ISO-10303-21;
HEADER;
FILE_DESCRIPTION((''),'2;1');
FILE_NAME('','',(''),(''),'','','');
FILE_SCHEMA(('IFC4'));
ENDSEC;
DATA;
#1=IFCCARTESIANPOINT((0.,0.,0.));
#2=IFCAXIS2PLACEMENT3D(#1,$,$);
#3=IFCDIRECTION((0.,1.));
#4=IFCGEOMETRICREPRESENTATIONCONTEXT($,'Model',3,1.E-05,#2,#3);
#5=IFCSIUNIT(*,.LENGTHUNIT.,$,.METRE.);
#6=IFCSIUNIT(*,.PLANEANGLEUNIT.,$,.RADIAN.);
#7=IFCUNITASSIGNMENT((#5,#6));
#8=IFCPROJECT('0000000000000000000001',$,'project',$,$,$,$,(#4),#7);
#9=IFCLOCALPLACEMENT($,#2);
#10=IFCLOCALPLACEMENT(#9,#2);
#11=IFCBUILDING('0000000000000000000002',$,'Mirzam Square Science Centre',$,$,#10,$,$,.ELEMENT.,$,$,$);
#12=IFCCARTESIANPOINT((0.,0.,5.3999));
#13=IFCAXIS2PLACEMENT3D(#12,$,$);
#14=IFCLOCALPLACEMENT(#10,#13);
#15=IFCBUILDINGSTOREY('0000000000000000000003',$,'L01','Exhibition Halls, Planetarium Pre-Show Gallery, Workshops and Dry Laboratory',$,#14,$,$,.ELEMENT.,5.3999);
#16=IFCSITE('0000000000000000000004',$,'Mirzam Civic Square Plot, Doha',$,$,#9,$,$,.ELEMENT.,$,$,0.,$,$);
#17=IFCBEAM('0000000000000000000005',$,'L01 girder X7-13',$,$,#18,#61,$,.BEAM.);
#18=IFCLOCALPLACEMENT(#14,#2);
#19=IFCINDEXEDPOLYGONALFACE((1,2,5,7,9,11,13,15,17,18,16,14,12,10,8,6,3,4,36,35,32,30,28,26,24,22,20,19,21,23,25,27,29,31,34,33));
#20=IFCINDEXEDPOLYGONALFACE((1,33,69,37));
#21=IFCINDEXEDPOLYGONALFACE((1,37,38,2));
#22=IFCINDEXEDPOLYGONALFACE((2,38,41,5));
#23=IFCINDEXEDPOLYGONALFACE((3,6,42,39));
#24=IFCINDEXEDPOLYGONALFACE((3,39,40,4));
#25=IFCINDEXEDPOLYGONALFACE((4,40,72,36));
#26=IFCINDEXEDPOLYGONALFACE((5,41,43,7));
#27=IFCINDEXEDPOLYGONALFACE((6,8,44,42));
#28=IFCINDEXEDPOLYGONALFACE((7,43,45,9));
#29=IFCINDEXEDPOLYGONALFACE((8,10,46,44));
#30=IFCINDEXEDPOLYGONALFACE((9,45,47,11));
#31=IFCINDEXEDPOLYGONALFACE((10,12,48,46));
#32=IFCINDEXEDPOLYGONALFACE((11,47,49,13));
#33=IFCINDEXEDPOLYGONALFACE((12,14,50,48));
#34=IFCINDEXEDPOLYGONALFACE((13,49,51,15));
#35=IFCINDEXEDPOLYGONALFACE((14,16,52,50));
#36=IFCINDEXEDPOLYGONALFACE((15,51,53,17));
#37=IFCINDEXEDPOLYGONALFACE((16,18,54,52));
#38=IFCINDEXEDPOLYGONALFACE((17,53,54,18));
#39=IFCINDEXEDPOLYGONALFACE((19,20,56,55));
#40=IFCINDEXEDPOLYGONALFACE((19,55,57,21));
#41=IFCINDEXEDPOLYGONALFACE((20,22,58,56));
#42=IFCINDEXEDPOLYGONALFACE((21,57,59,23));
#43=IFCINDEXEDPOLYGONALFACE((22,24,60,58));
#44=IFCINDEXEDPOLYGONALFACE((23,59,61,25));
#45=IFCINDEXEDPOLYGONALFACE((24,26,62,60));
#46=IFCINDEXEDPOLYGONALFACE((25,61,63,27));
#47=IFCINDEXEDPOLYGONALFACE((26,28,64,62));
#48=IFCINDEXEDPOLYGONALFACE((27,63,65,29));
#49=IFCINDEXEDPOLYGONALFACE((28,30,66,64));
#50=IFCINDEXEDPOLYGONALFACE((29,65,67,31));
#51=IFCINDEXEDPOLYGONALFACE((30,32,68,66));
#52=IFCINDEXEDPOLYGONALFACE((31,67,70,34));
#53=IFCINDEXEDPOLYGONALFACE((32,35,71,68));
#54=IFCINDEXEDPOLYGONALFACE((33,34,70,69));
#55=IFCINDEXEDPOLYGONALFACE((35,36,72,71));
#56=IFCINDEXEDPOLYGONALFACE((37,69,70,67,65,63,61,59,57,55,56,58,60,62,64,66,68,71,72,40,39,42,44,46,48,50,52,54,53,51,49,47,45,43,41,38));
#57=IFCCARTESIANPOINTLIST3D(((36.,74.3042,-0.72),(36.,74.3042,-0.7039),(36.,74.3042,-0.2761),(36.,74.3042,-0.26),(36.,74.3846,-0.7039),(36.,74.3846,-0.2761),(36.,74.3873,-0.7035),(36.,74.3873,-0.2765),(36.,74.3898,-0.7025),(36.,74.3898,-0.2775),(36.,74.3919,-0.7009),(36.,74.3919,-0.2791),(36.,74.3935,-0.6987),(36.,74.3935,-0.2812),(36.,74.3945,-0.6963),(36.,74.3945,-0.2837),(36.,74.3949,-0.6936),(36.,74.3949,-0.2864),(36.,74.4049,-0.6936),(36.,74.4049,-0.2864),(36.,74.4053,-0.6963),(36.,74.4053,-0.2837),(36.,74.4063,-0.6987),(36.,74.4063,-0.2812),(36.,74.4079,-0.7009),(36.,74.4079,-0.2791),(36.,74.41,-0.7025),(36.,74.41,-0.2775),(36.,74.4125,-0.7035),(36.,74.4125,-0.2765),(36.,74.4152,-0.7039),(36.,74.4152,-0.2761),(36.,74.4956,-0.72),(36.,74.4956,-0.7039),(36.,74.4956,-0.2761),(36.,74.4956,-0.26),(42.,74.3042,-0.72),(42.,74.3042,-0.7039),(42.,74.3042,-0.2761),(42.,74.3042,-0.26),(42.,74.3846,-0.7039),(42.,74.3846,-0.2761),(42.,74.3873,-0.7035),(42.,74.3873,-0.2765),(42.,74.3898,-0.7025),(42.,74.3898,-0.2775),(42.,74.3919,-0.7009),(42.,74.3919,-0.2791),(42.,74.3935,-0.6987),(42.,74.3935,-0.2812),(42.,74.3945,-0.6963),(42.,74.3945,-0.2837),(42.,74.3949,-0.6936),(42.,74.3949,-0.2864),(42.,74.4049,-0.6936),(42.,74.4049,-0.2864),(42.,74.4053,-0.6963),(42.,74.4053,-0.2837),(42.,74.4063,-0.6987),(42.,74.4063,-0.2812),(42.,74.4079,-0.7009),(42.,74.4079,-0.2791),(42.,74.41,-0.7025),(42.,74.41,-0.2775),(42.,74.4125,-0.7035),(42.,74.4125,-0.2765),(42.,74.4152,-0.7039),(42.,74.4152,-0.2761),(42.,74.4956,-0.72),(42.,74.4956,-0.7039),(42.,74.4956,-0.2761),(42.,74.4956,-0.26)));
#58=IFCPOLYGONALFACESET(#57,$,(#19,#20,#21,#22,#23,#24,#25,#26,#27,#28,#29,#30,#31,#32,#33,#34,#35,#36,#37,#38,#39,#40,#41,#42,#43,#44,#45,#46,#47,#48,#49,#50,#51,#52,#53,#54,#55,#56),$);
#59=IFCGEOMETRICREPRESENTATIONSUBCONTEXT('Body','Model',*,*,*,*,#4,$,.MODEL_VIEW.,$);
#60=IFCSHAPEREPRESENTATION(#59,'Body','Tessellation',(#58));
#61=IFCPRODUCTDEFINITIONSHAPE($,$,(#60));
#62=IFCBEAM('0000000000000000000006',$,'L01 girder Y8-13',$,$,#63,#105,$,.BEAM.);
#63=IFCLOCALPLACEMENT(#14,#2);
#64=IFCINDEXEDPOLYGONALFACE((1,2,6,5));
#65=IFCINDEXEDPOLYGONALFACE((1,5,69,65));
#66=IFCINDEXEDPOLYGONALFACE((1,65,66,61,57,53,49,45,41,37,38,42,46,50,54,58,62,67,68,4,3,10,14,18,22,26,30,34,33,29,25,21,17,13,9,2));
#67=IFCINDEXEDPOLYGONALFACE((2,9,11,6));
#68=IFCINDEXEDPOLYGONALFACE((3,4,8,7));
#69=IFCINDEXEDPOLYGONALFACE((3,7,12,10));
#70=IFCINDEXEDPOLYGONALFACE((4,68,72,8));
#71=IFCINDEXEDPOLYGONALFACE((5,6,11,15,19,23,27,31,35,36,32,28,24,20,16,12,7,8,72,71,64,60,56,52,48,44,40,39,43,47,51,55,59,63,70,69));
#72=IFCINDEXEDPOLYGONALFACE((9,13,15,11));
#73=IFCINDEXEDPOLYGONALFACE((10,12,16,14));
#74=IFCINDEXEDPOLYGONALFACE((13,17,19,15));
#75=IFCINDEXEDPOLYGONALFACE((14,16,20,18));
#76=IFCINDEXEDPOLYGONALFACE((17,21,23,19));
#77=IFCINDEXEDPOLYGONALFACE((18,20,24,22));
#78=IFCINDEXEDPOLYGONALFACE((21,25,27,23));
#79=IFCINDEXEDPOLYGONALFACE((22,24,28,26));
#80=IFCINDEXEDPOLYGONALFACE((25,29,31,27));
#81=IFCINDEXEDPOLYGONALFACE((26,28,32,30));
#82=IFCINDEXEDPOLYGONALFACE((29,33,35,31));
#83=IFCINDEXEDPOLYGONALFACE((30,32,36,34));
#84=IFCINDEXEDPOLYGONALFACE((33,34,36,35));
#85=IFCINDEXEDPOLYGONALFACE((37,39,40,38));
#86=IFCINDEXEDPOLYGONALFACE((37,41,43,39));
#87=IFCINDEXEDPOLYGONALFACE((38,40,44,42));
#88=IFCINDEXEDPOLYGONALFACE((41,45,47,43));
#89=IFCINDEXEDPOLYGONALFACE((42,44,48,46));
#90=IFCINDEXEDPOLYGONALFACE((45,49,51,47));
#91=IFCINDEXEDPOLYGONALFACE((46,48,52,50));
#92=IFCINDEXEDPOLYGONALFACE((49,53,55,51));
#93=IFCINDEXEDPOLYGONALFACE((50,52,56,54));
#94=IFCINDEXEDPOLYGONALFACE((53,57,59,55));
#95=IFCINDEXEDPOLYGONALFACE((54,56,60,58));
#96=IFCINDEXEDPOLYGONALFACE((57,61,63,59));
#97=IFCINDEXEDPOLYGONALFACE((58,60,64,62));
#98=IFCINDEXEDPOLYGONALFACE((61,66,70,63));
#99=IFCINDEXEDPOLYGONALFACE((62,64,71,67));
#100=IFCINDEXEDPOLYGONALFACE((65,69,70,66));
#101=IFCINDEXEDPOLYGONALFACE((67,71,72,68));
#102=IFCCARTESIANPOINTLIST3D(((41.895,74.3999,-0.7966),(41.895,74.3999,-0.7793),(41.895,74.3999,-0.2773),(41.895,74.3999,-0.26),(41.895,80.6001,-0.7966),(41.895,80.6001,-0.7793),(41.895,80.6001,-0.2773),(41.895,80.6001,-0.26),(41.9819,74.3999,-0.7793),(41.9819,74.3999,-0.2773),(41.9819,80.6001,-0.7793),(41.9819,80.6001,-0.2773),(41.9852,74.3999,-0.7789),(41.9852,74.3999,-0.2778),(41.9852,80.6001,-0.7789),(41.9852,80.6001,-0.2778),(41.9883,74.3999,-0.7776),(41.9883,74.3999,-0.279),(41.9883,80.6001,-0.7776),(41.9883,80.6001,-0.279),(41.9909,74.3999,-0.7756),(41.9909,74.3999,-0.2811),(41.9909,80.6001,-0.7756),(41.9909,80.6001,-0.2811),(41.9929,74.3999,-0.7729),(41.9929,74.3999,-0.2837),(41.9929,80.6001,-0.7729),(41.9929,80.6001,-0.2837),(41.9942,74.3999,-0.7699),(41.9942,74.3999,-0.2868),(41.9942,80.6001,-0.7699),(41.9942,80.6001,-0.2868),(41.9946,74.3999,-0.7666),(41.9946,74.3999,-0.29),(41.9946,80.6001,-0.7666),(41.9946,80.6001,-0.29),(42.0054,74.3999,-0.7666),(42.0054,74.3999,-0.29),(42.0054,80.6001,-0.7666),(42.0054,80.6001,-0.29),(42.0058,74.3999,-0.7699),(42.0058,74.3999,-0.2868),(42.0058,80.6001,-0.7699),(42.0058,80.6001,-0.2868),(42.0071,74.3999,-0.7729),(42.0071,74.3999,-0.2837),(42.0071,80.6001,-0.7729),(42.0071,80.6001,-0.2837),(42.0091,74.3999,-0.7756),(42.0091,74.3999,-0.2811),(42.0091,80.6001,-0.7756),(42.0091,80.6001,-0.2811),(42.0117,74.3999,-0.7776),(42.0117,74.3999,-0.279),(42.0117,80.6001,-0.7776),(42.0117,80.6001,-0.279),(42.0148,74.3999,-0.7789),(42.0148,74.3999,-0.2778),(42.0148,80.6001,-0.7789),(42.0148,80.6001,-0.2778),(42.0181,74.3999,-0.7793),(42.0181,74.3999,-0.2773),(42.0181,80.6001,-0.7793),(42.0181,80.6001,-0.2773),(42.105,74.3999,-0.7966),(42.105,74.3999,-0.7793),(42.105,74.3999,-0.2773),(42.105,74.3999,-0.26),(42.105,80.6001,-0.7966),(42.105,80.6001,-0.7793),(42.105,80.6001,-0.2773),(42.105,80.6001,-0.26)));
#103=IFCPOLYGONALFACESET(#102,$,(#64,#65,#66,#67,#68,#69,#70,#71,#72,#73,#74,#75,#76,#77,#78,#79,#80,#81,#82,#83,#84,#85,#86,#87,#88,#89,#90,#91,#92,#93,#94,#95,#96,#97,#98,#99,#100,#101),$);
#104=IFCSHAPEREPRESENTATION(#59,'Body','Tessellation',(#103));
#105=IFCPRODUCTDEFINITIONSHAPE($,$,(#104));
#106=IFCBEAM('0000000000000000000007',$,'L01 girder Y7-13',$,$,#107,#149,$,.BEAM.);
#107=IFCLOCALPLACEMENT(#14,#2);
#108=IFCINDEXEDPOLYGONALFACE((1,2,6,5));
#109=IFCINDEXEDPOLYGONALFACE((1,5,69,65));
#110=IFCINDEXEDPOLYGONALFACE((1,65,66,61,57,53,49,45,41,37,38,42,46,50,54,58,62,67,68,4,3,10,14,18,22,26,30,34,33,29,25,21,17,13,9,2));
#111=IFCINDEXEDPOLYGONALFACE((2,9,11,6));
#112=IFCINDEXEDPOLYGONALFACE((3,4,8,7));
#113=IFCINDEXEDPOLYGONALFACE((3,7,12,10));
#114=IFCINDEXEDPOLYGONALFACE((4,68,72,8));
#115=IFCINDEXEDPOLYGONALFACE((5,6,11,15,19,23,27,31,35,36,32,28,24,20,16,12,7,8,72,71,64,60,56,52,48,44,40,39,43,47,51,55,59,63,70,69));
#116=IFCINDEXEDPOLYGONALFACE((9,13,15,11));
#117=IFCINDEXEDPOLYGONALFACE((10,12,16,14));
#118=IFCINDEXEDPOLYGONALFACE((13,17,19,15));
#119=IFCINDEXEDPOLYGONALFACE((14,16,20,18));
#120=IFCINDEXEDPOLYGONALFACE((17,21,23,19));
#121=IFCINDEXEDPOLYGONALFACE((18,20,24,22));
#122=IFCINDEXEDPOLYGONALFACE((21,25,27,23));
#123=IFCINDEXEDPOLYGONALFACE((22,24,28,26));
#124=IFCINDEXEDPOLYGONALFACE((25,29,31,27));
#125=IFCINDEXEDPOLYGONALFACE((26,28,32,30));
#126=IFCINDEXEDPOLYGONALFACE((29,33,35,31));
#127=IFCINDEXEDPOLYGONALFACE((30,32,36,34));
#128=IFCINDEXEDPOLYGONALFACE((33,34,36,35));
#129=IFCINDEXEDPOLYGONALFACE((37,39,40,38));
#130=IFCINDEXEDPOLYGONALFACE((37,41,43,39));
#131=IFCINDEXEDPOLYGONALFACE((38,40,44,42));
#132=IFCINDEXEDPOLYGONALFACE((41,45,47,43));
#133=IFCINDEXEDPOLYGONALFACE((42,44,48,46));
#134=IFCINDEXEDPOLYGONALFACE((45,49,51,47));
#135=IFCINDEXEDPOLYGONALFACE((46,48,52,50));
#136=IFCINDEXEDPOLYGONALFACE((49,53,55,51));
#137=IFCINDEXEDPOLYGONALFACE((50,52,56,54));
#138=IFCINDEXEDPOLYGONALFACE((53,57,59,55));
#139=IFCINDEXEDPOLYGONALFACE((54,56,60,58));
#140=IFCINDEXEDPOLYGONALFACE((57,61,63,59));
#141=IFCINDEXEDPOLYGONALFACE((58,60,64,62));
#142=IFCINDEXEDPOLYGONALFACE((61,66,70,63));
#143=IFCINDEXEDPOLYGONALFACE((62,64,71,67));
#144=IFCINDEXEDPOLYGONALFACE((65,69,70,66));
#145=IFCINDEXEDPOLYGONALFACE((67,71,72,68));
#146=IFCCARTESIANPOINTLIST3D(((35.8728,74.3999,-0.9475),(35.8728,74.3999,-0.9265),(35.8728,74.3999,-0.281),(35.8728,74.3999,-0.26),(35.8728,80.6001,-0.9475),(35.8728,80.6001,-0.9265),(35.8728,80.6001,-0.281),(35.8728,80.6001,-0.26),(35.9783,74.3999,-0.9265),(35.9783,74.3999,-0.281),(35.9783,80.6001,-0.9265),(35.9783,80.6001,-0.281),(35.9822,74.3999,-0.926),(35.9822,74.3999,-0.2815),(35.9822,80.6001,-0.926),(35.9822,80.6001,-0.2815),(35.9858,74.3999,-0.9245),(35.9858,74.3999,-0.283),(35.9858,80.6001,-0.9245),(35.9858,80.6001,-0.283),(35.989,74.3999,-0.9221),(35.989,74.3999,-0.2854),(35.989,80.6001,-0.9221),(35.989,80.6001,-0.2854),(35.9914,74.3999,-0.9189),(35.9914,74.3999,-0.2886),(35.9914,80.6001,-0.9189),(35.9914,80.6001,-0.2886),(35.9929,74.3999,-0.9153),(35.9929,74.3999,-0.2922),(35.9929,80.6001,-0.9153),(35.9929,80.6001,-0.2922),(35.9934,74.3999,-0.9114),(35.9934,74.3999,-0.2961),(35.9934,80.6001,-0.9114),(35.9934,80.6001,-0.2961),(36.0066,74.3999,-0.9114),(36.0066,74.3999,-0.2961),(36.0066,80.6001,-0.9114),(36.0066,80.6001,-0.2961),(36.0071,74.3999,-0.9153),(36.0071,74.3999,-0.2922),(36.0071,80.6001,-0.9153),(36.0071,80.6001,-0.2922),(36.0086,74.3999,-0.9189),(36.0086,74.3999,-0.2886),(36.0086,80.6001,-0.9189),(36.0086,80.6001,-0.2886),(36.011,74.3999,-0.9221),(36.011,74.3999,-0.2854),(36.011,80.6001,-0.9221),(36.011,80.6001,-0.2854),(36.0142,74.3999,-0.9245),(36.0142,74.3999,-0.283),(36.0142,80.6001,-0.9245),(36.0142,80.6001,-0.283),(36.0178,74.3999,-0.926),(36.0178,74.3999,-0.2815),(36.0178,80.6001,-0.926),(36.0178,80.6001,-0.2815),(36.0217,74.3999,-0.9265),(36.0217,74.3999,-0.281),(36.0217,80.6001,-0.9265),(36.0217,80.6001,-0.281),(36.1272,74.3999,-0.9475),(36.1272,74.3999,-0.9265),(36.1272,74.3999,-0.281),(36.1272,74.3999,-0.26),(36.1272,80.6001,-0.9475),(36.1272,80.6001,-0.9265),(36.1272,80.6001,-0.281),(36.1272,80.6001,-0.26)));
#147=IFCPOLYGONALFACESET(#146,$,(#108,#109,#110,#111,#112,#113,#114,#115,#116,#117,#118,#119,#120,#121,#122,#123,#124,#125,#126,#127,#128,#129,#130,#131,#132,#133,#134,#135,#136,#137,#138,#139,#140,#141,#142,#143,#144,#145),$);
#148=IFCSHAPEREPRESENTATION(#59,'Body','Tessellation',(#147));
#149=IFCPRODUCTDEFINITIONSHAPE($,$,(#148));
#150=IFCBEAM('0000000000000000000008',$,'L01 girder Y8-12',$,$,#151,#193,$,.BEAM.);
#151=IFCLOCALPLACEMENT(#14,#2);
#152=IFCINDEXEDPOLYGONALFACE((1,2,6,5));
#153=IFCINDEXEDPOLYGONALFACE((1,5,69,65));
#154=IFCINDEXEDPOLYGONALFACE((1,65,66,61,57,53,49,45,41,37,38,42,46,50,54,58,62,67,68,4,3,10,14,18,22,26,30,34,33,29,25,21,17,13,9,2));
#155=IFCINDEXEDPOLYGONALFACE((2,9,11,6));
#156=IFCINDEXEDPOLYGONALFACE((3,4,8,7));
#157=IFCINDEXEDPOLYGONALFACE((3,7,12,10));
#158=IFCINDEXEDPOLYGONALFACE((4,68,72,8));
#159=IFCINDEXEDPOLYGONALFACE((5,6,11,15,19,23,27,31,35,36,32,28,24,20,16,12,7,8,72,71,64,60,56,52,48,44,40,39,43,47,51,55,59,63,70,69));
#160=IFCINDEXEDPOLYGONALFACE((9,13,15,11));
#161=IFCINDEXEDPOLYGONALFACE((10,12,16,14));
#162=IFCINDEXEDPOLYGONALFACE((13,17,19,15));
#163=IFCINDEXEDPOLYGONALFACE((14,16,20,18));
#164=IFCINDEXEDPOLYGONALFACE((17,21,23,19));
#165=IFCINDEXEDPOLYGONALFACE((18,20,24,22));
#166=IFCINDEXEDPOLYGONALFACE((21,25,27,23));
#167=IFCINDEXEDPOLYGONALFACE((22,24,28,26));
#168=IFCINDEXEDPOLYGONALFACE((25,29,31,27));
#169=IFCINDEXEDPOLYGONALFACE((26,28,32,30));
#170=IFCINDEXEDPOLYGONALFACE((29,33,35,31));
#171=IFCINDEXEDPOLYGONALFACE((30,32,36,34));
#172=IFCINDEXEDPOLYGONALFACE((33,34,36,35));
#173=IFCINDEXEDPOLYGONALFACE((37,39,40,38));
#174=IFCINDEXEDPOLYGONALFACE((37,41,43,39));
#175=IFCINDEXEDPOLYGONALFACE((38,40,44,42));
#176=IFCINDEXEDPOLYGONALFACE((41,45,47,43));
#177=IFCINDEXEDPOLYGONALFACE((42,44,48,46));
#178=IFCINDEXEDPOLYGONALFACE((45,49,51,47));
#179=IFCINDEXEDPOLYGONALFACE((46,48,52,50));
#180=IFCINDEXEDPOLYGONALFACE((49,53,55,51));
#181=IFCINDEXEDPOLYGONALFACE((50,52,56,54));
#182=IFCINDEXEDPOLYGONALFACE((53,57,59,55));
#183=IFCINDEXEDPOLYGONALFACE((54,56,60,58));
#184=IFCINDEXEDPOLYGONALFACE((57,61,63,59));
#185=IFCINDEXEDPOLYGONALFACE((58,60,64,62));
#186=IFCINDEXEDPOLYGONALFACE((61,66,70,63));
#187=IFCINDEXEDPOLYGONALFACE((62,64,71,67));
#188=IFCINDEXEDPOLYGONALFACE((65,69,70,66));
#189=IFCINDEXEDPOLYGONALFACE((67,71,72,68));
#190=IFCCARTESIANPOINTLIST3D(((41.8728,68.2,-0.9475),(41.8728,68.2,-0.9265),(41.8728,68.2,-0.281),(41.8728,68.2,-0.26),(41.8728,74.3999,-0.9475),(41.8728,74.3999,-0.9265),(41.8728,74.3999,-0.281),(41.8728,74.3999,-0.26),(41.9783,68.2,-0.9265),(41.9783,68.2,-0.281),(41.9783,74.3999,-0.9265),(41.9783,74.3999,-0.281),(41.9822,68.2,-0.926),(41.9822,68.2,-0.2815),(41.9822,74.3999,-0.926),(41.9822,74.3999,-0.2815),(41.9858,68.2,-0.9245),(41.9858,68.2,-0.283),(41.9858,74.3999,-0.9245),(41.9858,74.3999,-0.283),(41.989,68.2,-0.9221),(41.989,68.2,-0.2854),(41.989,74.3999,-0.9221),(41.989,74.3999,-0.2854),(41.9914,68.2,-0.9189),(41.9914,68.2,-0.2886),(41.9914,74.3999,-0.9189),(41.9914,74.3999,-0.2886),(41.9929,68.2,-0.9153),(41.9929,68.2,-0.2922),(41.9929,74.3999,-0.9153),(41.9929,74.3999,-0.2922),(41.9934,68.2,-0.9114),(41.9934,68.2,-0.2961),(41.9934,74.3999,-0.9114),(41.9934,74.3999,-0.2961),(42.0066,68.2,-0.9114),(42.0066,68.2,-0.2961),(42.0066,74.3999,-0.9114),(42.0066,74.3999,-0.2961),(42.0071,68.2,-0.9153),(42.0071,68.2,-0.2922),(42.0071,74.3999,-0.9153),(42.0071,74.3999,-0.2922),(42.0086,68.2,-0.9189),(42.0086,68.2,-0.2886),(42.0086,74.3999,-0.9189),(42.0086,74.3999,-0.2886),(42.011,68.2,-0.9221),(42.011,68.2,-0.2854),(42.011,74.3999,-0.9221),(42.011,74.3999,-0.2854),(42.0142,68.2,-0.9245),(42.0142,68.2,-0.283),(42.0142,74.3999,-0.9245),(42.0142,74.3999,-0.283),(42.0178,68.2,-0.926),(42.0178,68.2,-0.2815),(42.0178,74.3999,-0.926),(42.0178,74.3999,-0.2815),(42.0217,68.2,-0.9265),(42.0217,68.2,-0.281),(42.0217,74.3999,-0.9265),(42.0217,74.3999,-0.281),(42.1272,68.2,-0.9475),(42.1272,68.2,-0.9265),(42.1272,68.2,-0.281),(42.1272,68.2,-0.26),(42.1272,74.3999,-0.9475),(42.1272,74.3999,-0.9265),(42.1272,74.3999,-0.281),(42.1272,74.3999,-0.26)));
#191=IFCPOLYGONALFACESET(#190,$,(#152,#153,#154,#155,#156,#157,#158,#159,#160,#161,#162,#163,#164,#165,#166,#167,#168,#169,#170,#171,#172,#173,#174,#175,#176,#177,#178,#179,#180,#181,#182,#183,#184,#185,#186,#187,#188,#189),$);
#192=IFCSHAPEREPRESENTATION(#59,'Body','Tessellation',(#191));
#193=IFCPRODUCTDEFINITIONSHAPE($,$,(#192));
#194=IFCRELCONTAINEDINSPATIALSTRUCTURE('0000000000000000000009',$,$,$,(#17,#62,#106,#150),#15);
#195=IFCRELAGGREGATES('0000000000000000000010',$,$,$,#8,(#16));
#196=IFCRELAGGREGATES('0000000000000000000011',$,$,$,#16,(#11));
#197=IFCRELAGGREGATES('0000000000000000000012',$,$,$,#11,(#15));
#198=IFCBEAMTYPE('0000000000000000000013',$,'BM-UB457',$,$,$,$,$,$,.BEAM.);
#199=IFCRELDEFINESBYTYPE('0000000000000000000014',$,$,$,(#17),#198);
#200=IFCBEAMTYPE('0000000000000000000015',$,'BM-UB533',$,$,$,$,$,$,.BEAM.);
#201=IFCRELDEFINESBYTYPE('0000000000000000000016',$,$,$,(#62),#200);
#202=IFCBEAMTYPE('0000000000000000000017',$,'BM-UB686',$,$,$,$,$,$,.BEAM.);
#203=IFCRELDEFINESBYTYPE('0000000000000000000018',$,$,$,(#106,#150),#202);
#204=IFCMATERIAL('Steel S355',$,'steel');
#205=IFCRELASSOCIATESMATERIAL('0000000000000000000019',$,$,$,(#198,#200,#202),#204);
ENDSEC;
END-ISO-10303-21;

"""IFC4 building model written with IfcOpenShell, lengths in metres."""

from ifc_helpers import new_model, si_unit, direction, frame, origin, origin_2d, place, context, subcontext, project, spatial, i_section, extrude, material, material_profile, profile_set, type_object, element, save


model = new_model("IFC4")

# Units and contexts
model_context = context("Model", 3, precision=1e-05, world=origin(), true_north=direction((0.0, 1.0)))
body_context = subcontext(model_context, "Body", "Model", "MODEL_VIEW")
ifc_project = project(units=[si_unit("LENGTHUNIT", "METRE"), si_unit("PLANEANGLEUNIT", "RADIAN")], contexts=[model_context])

# Site, building, storey
site_placement = place(None, origin())
site = spatial("IfcSite", under=ifc_project, at=site_placement, Name="Mirzam Civic Square Plot, Doha", CompositionType="ELEMENT", RefElevation=0.0)
building_placement = place(site_placement, origin())
building = spatial("IfcBuilding", under=site, at=building_placement, Name="Mirzam Square Science Centre", CompositionType="ELEMENT")
storey_placement = place(building_placement, frame((0.0, 0.0, 5.3999)))
storey = spatial("IfcBuildingStorey", under=building, at=storey_placement, Name="L01", Description="Exhibition Halls, Planetarium Pre-Show Gallery, Workshops and Dry Laboratory", CompositionType="ELEMENT", Elevation=5.3999)

# Shared definitions
ifc_material_1 = material(Name="Steel S355", Category="steel")

# Beams
ifc_material_profile_1 = material_profile(ifc_material_1, i_section(OverallWidth=0.1914, OverallDepth=0.46, WebThickness=0.01, FlangeThickness=0.0161, FilletRadius=0.0103, at=origin_2d()), Name="457x191x82UB")
ifc_profile_set_1 = profile_set([ifc_material_profile_1], Name="Steel S355")
beam_type_1 = type_object("IfcBeamType", Name="BM-UB457", PredefinedType="BEAM", material=ifc_profile_set_1)
beam_1_placement = place(storey_placement, frame((36.0, 74.3999, -0.49), z_axis=(1.0, 0.0, 0.0), x_axis=(0.0, 1.0, 0.0)))
element("IfcBeam", 1, at=beam_1_placement, inside=storey, type_object=beam_type_1, Name="L01 girder X7-13", PredefinedType="BEAM", context=body_context, shape_type="SweptSolid", body=[
    extrude(i_section(OverallWidth=0.1914, OverallDepth=0.46, WebThickness=0.01, FlangeThickness=0.0161, FilletRadius=0.0103, at=origin_2d()), origin(), (0.0, 0.0, 1.0), 6.0),
])
ifc_material_profile_2 = material_profile(ifc_material_1, i_section(OverallWidth=0.21, OverallDepth=0.5366, WebThickness=0.0107, FlangeThickness=0.0173, FilletRadius=0.0127, at=origin_2d()), Name="533x210x101UB")
ifc_profile_set_2 = profile_set([ifc_material_profile_2], Name="Steel S355")
beam_type_2 = type_object("IfcBeamType", Name="BM-UB533", PredefinedType="BEAM", material=ifc_profile_set_2)
beam_2_placement = place(storey_placement, frame((42.0, 74.3999, -0.5283), z_axis=(0.0, 1.0, 0.0), x_axis=(-1.0, 0.0, 0.0)))
element("IfcBeam", 2, at=beam_2_placement, inside=storey, type_object=beam_type_2, Name="L01 girder Y8-13", PredefinedType="BEAM", context=body_context, shape_type="SweptSolid", body=[
    extrude(i_section(OverallWidth=0.21, OverallDepth=0.5366, WebThickness=0.0107, FlangeThickness=0.0173, FilletRadius=0.0127, at=origin_2d()), origin(), (0.0, 0.0, 1.0), 6.2002),
])
ifc_material_profile_3 = material_profile(ifc_material_1, i_section(OverallWidth=0.2544, OverallDepth=0.6875, WebThickness=0.0132, FlangeThickness=0.021, FilletRadius=0.0151, at=origin_2d()), Name="686x254x152UB")
ifc_profile_set_3 = profile_set([ifc_material_profile_3], Name="Steel S355")
beam_type_3 = type_object("IfcBeamType", Name="BM-UB686", PredefinedType="BEAM", material=ifc_profile_set_3)
beam_3_placement = place(storey_placement, frame((36.0, 74.3999, -0.6038), z_axis=(0.0, 1.0, 0.0), x_axis=(-1.0, 0.0, 0.0)))
element("IfcBeam", 3, at=beam_3_placement, inside=storey, type_object=beam_type_3, Name="L01 girder Y7-13", PredefinedType="BEAM", context=body_context, shape_type="SweptSolid", body=[
    extrude(i_section(OverallWidth=0.2544, OverallDepth=0.6875, WebThickness=0.0132, FlangeThickness=0.021, FilletRadius=0.0151, at=origin_2d()), origin(), (0.0, 0.0, 1.0), 6.2002),
])
beam_4_placement = place(storey_placement, frame((42.0, 68.2, -0.6038), z_axis=(0.0, 1.0, 0.0), x_axis=(-1.0, 0.0, 0.0)))
element("IfcBeam", 4, at=beam_4_placement, inside=storey, type_object=beam_type_3, Name="L01 girder Y8-12", PredefinedType="BEAM", context=body_context, shape_type="SweptSolid", body=[
    extrude(i_section(OverallWidth=0.2544, OverallDepth=0.6875, WebThickness=0.0132, FlangeThickness=0.021, FilletRadius=0.0151, at=origin_2d()), origin(), (0.0, 0.0, 1.0), 6.2),
])

save(model, "model.ifc")
